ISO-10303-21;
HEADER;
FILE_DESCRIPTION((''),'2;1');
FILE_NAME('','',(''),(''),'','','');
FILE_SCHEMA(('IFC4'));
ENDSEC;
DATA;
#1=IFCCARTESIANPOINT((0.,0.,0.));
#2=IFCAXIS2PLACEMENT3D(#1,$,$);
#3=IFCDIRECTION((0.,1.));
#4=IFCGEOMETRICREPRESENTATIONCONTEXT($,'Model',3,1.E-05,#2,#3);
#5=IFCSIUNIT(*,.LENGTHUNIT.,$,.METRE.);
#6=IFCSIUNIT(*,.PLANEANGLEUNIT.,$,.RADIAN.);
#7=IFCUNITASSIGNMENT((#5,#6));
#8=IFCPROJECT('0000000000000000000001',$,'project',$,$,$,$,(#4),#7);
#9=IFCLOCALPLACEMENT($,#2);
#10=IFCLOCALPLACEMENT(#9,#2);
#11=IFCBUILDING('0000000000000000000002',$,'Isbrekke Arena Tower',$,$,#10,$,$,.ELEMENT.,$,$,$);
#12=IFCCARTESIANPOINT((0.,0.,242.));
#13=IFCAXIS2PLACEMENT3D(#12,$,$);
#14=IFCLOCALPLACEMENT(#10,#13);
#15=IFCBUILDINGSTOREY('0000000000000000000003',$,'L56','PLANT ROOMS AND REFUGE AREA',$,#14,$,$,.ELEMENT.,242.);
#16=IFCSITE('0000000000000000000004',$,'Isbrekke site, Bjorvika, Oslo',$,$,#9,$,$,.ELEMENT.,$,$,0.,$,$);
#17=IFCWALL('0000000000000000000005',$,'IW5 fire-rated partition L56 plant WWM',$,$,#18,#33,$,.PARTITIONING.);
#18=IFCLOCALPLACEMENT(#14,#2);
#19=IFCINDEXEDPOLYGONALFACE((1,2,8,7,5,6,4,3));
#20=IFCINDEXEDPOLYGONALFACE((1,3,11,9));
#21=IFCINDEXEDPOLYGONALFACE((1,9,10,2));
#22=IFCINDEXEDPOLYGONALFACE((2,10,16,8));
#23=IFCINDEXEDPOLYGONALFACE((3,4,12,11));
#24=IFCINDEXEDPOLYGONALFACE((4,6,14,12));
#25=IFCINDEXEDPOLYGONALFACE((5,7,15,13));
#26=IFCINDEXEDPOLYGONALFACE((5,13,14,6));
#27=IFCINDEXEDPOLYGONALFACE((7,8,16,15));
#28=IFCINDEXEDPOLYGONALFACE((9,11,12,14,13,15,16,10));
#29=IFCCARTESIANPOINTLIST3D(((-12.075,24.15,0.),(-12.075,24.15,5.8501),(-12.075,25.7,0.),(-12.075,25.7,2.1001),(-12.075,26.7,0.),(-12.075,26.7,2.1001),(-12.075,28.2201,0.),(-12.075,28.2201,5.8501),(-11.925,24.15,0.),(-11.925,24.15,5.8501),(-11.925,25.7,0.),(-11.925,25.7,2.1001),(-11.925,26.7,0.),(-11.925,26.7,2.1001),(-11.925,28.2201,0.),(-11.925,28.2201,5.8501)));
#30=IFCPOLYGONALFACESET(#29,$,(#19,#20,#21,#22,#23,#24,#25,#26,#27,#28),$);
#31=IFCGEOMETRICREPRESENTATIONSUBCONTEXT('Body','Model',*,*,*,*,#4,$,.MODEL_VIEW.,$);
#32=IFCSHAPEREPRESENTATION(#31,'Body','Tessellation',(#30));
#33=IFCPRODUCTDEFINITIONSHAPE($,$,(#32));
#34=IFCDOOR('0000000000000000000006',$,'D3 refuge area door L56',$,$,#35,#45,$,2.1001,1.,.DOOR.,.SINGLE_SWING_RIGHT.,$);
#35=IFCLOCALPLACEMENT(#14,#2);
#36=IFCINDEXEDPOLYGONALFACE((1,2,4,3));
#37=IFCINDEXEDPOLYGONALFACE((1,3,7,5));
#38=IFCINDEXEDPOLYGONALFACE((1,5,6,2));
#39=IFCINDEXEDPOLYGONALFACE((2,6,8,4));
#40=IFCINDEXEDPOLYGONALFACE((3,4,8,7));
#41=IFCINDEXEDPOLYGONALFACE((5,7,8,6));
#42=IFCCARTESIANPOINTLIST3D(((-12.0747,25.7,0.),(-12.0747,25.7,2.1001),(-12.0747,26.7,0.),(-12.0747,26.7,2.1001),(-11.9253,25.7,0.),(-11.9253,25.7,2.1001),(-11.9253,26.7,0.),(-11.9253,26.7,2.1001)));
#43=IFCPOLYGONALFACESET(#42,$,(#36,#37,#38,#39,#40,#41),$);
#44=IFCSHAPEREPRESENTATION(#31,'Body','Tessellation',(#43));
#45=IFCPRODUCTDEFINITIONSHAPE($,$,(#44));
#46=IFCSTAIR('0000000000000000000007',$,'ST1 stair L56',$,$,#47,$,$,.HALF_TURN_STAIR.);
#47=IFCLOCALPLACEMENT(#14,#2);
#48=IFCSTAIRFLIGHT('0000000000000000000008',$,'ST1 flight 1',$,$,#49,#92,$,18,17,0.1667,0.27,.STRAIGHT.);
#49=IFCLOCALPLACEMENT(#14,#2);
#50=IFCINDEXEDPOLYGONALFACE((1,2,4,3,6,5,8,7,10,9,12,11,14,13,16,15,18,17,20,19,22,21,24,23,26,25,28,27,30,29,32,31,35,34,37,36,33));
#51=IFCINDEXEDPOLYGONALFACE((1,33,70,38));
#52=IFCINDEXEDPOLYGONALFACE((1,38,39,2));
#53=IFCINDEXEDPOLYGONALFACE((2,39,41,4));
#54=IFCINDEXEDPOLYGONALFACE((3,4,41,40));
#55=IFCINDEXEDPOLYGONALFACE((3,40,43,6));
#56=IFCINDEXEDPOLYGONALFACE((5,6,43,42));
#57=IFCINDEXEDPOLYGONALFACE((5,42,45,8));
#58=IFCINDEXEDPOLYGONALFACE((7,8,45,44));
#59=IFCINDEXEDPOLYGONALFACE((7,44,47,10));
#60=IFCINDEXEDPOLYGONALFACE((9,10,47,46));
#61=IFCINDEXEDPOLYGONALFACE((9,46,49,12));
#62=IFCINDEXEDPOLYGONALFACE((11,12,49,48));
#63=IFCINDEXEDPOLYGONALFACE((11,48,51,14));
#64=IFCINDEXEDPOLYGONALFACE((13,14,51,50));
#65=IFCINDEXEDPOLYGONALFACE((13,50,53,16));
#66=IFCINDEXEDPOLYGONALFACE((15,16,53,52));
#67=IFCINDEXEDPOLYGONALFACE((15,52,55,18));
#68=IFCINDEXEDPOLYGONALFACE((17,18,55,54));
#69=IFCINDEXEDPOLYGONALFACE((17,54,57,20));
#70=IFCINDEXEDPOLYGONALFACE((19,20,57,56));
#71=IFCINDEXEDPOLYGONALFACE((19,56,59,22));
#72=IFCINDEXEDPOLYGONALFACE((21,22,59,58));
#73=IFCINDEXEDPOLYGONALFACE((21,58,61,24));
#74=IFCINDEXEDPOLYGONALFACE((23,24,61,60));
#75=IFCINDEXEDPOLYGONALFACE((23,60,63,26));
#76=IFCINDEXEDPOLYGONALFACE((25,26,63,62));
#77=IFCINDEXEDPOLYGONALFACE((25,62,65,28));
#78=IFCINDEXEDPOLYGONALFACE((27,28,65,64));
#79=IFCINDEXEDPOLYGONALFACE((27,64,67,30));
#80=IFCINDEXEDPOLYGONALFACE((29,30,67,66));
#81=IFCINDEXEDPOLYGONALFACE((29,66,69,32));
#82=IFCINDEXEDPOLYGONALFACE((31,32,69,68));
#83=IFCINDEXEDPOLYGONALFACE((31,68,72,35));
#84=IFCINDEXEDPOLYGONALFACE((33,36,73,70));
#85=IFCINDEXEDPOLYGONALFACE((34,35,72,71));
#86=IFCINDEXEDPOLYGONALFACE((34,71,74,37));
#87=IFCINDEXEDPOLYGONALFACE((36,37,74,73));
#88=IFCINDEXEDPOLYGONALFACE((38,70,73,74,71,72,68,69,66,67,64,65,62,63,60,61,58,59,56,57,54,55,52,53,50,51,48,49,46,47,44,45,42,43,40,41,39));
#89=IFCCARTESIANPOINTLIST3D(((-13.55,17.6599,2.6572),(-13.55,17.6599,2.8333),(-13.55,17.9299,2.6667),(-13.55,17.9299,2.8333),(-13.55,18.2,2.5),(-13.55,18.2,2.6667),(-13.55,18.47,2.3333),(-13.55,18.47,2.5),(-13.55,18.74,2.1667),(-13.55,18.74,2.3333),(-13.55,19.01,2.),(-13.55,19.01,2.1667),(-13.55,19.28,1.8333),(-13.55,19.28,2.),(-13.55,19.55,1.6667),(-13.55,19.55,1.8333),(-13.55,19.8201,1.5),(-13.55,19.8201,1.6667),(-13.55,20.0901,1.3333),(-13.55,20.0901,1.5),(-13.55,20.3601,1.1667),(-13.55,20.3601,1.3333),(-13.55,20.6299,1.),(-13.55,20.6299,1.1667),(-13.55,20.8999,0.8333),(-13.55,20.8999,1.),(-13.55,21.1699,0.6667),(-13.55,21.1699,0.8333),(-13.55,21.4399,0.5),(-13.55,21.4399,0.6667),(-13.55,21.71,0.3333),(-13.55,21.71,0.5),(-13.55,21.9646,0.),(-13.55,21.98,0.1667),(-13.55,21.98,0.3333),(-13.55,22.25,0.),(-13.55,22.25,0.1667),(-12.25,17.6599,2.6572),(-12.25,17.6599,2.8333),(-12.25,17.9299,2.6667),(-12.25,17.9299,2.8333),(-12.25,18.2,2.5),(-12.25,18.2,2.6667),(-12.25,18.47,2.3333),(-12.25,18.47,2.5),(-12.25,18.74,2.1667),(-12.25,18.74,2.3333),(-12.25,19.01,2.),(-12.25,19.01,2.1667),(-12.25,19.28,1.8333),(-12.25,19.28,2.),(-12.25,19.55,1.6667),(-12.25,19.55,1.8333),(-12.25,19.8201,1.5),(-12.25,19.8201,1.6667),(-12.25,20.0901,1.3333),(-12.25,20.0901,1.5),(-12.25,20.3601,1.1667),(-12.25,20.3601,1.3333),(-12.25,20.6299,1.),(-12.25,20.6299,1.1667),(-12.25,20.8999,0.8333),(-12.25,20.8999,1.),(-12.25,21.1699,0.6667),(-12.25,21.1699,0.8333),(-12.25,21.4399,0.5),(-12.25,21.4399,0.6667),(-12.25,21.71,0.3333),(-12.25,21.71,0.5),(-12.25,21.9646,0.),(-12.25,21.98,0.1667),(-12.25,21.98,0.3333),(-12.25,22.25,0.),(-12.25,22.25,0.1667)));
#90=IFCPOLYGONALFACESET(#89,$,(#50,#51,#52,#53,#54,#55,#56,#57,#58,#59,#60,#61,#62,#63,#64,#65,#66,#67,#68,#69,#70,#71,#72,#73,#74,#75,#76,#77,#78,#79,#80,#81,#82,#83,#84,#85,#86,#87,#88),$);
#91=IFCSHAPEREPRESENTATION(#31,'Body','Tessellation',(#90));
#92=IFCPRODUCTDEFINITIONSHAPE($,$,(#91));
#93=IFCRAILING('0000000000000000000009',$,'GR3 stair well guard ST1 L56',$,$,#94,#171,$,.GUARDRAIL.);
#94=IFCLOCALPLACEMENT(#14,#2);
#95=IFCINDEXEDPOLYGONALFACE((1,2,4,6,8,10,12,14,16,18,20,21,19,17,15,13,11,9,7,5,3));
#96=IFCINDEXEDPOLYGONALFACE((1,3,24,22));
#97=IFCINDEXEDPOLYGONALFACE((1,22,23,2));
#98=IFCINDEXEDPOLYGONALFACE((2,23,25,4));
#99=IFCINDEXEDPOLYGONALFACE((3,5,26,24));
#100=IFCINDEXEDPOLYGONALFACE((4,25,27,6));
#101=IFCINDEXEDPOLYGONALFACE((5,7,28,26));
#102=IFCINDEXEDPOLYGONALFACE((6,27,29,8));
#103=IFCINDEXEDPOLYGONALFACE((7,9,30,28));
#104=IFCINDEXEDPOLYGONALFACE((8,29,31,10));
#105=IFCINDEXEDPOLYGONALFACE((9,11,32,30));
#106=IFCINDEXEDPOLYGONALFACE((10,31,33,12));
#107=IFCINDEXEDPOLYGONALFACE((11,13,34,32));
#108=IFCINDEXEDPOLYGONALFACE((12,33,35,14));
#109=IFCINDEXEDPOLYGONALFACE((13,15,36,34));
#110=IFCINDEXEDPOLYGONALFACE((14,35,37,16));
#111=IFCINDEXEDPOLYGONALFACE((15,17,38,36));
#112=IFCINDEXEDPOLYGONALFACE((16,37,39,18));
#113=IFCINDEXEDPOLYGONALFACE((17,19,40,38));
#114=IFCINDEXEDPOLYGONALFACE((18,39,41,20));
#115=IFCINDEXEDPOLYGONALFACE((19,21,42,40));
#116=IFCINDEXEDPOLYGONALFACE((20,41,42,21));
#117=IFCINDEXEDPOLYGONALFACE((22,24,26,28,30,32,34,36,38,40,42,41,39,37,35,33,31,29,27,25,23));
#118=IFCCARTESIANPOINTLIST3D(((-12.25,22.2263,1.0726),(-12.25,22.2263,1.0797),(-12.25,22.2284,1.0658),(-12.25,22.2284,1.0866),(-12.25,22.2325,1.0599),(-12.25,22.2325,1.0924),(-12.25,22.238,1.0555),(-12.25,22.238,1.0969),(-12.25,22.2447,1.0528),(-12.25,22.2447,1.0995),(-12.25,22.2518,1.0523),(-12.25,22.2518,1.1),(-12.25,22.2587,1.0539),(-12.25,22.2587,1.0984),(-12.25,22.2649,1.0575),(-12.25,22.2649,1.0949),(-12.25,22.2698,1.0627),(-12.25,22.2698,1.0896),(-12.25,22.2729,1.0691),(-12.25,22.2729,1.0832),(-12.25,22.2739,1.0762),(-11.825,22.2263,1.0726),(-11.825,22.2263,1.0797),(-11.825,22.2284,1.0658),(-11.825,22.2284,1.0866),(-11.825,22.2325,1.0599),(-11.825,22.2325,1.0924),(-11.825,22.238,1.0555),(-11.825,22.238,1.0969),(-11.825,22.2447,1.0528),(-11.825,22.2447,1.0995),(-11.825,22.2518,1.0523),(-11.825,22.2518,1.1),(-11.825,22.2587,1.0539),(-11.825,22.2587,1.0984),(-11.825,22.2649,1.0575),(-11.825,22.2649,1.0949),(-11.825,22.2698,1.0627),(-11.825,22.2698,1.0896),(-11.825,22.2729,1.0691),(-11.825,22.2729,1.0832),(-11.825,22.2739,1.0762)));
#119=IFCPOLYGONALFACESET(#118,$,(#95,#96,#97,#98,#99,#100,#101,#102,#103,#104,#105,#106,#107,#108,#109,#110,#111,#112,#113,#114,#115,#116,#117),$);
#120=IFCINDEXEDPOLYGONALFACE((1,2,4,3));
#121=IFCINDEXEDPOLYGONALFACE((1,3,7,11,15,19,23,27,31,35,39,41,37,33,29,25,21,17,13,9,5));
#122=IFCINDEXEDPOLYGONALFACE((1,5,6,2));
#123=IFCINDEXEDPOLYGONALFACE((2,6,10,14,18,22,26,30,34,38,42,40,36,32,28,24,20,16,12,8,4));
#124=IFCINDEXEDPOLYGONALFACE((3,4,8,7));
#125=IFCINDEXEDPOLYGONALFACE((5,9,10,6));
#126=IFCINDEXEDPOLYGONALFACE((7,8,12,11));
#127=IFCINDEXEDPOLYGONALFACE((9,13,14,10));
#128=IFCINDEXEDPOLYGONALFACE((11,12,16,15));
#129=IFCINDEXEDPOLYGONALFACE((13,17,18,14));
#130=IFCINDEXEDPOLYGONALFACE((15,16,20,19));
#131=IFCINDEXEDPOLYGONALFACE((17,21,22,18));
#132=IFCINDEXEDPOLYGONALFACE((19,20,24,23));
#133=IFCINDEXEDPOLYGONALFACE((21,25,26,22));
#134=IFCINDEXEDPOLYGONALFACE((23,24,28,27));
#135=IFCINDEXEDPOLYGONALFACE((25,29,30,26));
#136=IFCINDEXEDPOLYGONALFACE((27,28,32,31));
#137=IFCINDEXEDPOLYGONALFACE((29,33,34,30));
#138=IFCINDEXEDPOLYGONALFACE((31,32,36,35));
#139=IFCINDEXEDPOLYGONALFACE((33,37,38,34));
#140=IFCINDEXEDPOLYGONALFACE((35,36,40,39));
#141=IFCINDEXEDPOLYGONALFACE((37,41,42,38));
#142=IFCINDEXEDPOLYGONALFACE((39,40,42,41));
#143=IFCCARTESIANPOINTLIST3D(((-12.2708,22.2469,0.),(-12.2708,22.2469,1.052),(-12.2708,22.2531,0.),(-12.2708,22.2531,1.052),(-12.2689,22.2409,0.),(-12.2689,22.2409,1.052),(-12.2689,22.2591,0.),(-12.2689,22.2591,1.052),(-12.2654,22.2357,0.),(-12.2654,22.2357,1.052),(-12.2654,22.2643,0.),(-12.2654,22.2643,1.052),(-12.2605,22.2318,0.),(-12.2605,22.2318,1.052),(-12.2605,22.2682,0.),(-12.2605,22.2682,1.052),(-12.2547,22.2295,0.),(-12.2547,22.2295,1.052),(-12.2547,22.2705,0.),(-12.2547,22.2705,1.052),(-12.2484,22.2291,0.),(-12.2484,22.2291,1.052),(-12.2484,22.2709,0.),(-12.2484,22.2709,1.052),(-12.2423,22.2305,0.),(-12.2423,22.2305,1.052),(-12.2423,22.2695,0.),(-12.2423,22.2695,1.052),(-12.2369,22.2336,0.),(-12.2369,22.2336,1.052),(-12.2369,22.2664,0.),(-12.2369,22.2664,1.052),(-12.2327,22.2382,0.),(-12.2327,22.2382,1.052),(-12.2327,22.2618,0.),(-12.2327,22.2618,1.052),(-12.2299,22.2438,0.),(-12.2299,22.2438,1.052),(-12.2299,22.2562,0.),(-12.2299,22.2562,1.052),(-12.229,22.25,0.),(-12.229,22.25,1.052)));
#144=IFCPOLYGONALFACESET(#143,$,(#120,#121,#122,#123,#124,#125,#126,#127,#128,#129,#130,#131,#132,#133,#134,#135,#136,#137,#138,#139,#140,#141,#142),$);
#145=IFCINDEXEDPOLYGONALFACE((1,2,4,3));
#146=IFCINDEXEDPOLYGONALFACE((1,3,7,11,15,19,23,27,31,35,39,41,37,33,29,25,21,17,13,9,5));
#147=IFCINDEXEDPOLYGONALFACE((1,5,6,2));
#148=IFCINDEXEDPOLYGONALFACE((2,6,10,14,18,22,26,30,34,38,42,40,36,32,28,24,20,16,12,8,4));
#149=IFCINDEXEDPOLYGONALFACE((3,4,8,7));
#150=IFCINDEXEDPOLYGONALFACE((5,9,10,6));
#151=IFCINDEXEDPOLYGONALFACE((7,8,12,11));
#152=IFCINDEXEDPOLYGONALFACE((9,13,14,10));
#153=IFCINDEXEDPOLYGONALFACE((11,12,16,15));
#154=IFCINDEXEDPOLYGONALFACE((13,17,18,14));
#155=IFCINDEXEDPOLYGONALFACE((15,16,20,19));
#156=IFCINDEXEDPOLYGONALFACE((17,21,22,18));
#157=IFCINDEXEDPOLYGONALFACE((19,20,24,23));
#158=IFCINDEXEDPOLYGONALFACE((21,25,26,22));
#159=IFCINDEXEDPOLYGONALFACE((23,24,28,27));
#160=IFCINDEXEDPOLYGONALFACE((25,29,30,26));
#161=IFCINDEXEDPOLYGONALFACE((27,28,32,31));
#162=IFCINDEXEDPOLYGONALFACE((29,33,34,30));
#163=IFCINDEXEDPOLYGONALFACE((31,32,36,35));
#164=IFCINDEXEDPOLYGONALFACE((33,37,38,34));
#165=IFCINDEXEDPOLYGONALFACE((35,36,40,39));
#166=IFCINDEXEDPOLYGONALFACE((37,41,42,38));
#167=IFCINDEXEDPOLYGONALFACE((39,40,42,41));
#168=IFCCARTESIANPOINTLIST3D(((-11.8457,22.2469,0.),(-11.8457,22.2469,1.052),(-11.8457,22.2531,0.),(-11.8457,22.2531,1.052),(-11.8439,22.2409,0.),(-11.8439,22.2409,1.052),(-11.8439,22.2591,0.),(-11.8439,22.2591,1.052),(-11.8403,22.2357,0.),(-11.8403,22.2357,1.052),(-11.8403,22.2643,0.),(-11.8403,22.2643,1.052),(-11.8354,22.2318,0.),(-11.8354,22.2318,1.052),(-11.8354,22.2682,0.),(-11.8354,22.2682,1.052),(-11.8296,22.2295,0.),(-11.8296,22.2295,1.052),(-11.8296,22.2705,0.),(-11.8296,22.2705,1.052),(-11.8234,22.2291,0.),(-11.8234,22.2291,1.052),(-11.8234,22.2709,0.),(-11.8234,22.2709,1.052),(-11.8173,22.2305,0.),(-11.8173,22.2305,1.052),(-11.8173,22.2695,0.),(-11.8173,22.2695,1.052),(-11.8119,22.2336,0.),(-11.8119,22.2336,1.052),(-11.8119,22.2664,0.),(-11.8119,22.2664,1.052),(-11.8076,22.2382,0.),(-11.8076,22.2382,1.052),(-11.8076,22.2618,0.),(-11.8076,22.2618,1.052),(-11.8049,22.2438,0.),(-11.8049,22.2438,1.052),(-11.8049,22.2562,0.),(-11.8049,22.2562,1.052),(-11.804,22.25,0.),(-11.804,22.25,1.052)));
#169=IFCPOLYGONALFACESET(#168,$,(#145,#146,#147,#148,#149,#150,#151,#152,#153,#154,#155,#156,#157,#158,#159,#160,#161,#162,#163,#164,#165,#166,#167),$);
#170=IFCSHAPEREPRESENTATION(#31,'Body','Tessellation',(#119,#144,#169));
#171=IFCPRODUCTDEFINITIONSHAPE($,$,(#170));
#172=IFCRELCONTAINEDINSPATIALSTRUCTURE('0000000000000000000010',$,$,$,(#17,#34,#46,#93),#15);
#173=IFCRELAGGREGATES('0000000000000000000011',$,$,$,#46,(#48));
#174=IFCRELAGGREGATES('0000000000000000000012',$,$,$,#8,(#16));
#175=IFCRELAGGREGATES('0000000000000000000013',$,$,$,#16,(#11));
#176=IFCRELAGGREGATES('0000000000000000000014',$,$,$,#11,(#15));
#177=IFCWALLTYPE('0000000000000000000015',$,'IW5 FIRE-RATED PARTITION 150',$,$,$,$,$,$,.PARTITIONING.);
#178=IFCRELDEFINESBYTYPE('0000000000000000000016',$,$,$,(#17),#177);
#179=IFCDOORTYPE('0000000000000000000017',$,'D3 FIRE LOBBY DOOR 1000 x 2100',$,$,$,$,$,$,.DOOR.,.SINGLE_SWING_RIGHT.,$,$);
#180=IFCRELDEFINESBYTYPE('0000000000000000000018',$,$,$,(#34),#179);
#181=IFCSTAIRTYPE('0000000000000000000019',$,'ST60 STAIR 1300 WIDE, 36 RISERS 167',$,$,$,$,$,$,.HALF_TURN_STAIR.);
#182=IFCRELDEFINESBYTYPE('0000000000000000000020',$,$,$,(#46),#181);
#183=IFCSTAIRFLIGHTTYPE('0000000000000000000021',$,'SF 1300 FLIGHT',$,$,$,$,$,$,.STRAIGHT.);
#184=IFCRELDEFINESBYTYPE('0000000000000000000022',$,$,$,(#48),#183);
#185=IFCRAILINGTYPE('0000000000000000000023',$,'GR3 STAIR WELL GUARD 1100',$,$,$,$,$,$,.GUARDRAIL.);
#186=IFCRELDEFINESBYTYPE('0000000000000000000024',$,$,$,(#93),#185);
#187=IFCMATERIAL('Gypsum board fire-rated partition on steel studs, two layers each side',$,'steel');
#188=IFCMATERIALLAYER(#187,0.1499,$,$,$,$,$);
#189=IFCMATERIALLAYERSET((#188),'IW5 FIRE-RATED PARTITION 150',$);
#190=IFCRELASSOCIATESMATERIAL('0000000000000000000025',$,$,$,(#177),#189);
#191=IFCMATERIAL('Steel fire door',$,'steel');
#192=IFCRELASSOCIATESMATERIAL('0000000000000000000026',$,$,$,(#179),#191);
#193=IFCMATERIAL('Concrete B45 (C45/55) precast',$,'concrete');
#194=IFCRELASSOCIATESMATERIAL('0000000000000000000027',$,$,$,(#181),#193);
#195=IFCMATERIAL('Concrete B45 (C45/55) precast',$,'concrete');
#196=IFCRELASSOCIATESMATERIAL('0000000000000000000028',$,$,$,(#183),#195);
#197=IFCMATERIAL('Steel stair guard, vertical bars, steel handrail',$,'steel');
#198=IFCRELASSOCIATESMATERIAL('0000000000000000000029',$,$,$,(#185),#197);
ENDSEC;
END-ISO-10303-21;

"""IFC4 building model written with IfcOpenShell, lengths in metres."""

from ifc_helpers import new_model, si_unit, direction, frame, frame_2d, origin, origin_2d, place, context, subcontext, project, spatial, polyline, rectangle, circle, outline, extrude, material, layer, layer_set, type_object, element, fill, aggregate, save


model = new_model("IFC4")

# Units and contexts
model_context = context("Model", 3, precision=1e-05, world=origin(), true_north=direction((0.0, 1.0)))
body_context = subcontext(model_context, "Body", "Model", "MODEL_VIEW")
ifc_project = project(units=[si_unit("LENGTHUNIT", "METRE"), si_unit("PLANEANGLEUNIT", "RADIAN")], contexts=[model_context])

# Site, building, storey
site_placement = place(None, origin())
site = spatial("IfcSite", under=ifc_project, at=site_placement, Name="Isbrekke site, Bjorvika, Oslo", CompositionType="ELEMENT", RefElevation=0.0)
building_placement = place(site_placement, origin())
building = spatial("IfcBuilding", under=site, at=building_placement, Name="Isbrekke Arena Tower", CompositionType="ELEMENT")
storey_placement = place(building_placement, frame((0.0, 0.0, 242.0)))
storey = spatial("IfcBuildingStorey", under=building, at=storey_placement, Name="L56", Description="PLANT ROOMS AND REFUGE AREA", CompositionType="ELEMENT", Elevation=242.0)

# Wall, opening, door
ifc_material_1 = material(Name="Gypsum board fire-rated partition on steel studs, two layers each side", Category="steel")
ifc_layer_1 = layer(ifc_material_1, 0.1499)
ifc_layer_set_1 = layer_set([ifc_layer_1], Name="IW5 FIRE-RATED PARTITION 150")
wall_type_1 = type_object("IfcWallType", Name="IW5 FIRE-RATED PARTITION 150", PredefinedType="PARTITIONING", material=ifc_layer_set_1)
wall_1_placement = place(storey_placement, frame((-12.0, 24.1499, 0.0), z_axis=(0.0, 0.0, 1.0), x_axis=(0.0, 1.0, 0.0)))
wall_1 = element("IfcWall", 1, at=wall_1_placement, inside=storey, type_object=wall_type_1, Name="IW5 fire-rated partition L56 plant WWM", PredefinedType="PARTITIONING", context=body_context, shape_type="SweptSolid", body=[
    extrude(rectangle(XDim=4.0701, YDim=0.1499, at=frame_2d((2.0352, 0.0))), origin(), (0.0, 0.0, 1.0), 5.8501),
])
opening_placement = place(wall_1_placement, frame((1.55, 0.0, 0.0)))
opening = element("IfcOpeningElement", 2, at=opening_placement, cuts=wall_1, PredefinedType="OPENING", context=body_context, shape_type="SweptSolid", body=[
    extrude(rectangle(XDim=1.0, YDim=2.1001, at=frame_2d((0.5, 1.05))), frame((0.0, 0.0898, 0.0), z_axis=(0.0, -1.0, 0.0), x_axis=(1.0, 0.0, 0.0)), (0.0, 0.0, 1.0), 0.1797),
])
ifc_material_2 = material(Name="Steel fire door", Category="steel")
door_type = type_object("IfcDoorType", Name="D3 FIRE LOBBY DOOR 1000 x 2100", OperationType="SINGLE_SWING_RIGHT", PredefinedType="DOOR", material=ifc_material_2)
door_placement = place(opening_placement, origin())
door = element("IfcDoor", 3, at=door_placement, inside=storey, type_object=door_type, Name="D3 refuge area door L56", OperationType="SINGLE_SWING_RIGHT", OverallHeight=2.1001, OverallWidth=1.0, PredefinedType="DOOR", context=body_context, shape_type="SweptSolid", body=[
    extrude(rectangle(XDim=1.0, YDim=2.1001, at=frame_2d((0.5, 1.05))), frame((0.0, 0.0747, 0.0), z_axis=(0.0, -1.0, 0.0), x_axis=(1.0, 0.0, 0.0)), (0.0, 0.0, 1.0), 0.1494),
])
fill(opening, door)

# Stair, stair flight
ifc_material_3 = material(Name="Concrete B45 (C45/55) precast", Category="concrete")
stair_type = type_object("IfcStairType", Name="ST60 STAIR 1300 WIDE, 36 RISERS 167", PredefinedType="HALF_TURN_STAIR", material=ifc_material_3)
stair_placement = place(storey_placement, origin())
stair = element("IfcStair", 4, at=stair_placement, inside=storey, type_object=stair_type, Name="ST1 stair L56", PredefinedType="HALF_TURN_STAIR")
ifc_material_4 = material(Name="Concrete B45 (C45/55) precast", Category="concrete")
stair_flight_type = type_object("IfcStairFlightType", Name="SF 1300 FLIGHT", PredefinedType="STRAIGHT", material=ifc_material_4)
stair_flight_placement = place(storey_placement, frame((-12.8999, 22.25, 0.0), z_axis=(0.0, 0.0, 1.0), x_axis=(0.0, -1.0, 0.0)))
stair_flight = element("IfcStairFlight", 5, at=stair_flight_placement, type_object=stair_flight_type, Name="ST1 flight 1", NumberOfRisers=18, NumberOfTreads=17, PredefinedType="STRAIGHT", RiserHeight=0.1667, TreadLength=0.27, context=body_context, shape_type="SweptSolid", body=[
    extrude(outline(polyline([(0.0, 0.0), (0.0, 0.1667), (0.27, 0.1667), (0.27, 0.3333), (0.54, 0.3333), (0.54, 0.5), (0.8101, 0.5), (0.8101, 0.6667), (1.0801, 0.6667), (1.0801, 0.8333), (1.3501, 0.8333), (1.3501, 1.0), (1.6201, 1.0), (1.6201, 1.1667), (1.8899, 1.1667), (1.8899, 1.3333), (2.1599, 1.3333), (2.1599, 1.5), (2.4299, 1.5), (2.4299, 1.6667), (2.7, 1.6667), (2.7, 1.8333), (2.97, 1.8333), (2.97, 2.0), (3.24, 2.0), (3.24, 2.1667), (3.51, 2.1667), (3.51, 2.3333), (3.78, 2.3333), (3.78, 2.5), (4.05, 2.5), (4.05, 2.6667), (4.3201, 2.6667), (4.3201, 2.8333), (4.5901, 2.8333), (4.5901, 3.0), (4.5901, 2.6572), (0.2854, 0.0), (0.0, 0.0)])), frame((0.0, 0.6499, 0.0), z_axis=(0.0, -1.0, 0.0), x_axis=(1.0, 0.0, 0.0)), (0.0, 0.0, 1.0), 1.3),
])
aggregate(stair, [stair_flight])

# Railing
ifc_material_5 = material(Name="Steel stair guard, vertical bars, steel handrail", Category="steel")
railing_type = type_object("IfcRailingType", Name="GR3 STAIR WELL GUARD 1100", PredefinedType="GUARDRAIL", material=ifc_material_5)
railing_placement = place(storey_placement, frame((-12.25, 22.25, 0.0)))
element("IfcRailing", 6, at=railing_placement, inside=storey, type_object=railing_type, Name="GR3 stair well guard ST1 L56", PredefinedType="GUARDRAIL", context=body_context, shape_type="SweptSolid", body=[
    extrude(circle(Radius=0.0239, at=origin_2d()), frame((0.0, 0.0, 1.0762), z_axis=(1.0, 0.0, 0.0), x_axis=(0.0, 1.0, 0.0)), (0.0, 0.0, 1.0), 0.425),
    extrude(circle(Radius=0.021, at=origin_2d()), origin(), (0.0, 0.0, 1.0), 1.052),
    extrude(circle(Radius=0.021, at=origin_2d()), frame((0.425, 0.0, 0.0)), (0.0, 0.0, 1.0), 1.052),
])

save(model, "model.ifc")
